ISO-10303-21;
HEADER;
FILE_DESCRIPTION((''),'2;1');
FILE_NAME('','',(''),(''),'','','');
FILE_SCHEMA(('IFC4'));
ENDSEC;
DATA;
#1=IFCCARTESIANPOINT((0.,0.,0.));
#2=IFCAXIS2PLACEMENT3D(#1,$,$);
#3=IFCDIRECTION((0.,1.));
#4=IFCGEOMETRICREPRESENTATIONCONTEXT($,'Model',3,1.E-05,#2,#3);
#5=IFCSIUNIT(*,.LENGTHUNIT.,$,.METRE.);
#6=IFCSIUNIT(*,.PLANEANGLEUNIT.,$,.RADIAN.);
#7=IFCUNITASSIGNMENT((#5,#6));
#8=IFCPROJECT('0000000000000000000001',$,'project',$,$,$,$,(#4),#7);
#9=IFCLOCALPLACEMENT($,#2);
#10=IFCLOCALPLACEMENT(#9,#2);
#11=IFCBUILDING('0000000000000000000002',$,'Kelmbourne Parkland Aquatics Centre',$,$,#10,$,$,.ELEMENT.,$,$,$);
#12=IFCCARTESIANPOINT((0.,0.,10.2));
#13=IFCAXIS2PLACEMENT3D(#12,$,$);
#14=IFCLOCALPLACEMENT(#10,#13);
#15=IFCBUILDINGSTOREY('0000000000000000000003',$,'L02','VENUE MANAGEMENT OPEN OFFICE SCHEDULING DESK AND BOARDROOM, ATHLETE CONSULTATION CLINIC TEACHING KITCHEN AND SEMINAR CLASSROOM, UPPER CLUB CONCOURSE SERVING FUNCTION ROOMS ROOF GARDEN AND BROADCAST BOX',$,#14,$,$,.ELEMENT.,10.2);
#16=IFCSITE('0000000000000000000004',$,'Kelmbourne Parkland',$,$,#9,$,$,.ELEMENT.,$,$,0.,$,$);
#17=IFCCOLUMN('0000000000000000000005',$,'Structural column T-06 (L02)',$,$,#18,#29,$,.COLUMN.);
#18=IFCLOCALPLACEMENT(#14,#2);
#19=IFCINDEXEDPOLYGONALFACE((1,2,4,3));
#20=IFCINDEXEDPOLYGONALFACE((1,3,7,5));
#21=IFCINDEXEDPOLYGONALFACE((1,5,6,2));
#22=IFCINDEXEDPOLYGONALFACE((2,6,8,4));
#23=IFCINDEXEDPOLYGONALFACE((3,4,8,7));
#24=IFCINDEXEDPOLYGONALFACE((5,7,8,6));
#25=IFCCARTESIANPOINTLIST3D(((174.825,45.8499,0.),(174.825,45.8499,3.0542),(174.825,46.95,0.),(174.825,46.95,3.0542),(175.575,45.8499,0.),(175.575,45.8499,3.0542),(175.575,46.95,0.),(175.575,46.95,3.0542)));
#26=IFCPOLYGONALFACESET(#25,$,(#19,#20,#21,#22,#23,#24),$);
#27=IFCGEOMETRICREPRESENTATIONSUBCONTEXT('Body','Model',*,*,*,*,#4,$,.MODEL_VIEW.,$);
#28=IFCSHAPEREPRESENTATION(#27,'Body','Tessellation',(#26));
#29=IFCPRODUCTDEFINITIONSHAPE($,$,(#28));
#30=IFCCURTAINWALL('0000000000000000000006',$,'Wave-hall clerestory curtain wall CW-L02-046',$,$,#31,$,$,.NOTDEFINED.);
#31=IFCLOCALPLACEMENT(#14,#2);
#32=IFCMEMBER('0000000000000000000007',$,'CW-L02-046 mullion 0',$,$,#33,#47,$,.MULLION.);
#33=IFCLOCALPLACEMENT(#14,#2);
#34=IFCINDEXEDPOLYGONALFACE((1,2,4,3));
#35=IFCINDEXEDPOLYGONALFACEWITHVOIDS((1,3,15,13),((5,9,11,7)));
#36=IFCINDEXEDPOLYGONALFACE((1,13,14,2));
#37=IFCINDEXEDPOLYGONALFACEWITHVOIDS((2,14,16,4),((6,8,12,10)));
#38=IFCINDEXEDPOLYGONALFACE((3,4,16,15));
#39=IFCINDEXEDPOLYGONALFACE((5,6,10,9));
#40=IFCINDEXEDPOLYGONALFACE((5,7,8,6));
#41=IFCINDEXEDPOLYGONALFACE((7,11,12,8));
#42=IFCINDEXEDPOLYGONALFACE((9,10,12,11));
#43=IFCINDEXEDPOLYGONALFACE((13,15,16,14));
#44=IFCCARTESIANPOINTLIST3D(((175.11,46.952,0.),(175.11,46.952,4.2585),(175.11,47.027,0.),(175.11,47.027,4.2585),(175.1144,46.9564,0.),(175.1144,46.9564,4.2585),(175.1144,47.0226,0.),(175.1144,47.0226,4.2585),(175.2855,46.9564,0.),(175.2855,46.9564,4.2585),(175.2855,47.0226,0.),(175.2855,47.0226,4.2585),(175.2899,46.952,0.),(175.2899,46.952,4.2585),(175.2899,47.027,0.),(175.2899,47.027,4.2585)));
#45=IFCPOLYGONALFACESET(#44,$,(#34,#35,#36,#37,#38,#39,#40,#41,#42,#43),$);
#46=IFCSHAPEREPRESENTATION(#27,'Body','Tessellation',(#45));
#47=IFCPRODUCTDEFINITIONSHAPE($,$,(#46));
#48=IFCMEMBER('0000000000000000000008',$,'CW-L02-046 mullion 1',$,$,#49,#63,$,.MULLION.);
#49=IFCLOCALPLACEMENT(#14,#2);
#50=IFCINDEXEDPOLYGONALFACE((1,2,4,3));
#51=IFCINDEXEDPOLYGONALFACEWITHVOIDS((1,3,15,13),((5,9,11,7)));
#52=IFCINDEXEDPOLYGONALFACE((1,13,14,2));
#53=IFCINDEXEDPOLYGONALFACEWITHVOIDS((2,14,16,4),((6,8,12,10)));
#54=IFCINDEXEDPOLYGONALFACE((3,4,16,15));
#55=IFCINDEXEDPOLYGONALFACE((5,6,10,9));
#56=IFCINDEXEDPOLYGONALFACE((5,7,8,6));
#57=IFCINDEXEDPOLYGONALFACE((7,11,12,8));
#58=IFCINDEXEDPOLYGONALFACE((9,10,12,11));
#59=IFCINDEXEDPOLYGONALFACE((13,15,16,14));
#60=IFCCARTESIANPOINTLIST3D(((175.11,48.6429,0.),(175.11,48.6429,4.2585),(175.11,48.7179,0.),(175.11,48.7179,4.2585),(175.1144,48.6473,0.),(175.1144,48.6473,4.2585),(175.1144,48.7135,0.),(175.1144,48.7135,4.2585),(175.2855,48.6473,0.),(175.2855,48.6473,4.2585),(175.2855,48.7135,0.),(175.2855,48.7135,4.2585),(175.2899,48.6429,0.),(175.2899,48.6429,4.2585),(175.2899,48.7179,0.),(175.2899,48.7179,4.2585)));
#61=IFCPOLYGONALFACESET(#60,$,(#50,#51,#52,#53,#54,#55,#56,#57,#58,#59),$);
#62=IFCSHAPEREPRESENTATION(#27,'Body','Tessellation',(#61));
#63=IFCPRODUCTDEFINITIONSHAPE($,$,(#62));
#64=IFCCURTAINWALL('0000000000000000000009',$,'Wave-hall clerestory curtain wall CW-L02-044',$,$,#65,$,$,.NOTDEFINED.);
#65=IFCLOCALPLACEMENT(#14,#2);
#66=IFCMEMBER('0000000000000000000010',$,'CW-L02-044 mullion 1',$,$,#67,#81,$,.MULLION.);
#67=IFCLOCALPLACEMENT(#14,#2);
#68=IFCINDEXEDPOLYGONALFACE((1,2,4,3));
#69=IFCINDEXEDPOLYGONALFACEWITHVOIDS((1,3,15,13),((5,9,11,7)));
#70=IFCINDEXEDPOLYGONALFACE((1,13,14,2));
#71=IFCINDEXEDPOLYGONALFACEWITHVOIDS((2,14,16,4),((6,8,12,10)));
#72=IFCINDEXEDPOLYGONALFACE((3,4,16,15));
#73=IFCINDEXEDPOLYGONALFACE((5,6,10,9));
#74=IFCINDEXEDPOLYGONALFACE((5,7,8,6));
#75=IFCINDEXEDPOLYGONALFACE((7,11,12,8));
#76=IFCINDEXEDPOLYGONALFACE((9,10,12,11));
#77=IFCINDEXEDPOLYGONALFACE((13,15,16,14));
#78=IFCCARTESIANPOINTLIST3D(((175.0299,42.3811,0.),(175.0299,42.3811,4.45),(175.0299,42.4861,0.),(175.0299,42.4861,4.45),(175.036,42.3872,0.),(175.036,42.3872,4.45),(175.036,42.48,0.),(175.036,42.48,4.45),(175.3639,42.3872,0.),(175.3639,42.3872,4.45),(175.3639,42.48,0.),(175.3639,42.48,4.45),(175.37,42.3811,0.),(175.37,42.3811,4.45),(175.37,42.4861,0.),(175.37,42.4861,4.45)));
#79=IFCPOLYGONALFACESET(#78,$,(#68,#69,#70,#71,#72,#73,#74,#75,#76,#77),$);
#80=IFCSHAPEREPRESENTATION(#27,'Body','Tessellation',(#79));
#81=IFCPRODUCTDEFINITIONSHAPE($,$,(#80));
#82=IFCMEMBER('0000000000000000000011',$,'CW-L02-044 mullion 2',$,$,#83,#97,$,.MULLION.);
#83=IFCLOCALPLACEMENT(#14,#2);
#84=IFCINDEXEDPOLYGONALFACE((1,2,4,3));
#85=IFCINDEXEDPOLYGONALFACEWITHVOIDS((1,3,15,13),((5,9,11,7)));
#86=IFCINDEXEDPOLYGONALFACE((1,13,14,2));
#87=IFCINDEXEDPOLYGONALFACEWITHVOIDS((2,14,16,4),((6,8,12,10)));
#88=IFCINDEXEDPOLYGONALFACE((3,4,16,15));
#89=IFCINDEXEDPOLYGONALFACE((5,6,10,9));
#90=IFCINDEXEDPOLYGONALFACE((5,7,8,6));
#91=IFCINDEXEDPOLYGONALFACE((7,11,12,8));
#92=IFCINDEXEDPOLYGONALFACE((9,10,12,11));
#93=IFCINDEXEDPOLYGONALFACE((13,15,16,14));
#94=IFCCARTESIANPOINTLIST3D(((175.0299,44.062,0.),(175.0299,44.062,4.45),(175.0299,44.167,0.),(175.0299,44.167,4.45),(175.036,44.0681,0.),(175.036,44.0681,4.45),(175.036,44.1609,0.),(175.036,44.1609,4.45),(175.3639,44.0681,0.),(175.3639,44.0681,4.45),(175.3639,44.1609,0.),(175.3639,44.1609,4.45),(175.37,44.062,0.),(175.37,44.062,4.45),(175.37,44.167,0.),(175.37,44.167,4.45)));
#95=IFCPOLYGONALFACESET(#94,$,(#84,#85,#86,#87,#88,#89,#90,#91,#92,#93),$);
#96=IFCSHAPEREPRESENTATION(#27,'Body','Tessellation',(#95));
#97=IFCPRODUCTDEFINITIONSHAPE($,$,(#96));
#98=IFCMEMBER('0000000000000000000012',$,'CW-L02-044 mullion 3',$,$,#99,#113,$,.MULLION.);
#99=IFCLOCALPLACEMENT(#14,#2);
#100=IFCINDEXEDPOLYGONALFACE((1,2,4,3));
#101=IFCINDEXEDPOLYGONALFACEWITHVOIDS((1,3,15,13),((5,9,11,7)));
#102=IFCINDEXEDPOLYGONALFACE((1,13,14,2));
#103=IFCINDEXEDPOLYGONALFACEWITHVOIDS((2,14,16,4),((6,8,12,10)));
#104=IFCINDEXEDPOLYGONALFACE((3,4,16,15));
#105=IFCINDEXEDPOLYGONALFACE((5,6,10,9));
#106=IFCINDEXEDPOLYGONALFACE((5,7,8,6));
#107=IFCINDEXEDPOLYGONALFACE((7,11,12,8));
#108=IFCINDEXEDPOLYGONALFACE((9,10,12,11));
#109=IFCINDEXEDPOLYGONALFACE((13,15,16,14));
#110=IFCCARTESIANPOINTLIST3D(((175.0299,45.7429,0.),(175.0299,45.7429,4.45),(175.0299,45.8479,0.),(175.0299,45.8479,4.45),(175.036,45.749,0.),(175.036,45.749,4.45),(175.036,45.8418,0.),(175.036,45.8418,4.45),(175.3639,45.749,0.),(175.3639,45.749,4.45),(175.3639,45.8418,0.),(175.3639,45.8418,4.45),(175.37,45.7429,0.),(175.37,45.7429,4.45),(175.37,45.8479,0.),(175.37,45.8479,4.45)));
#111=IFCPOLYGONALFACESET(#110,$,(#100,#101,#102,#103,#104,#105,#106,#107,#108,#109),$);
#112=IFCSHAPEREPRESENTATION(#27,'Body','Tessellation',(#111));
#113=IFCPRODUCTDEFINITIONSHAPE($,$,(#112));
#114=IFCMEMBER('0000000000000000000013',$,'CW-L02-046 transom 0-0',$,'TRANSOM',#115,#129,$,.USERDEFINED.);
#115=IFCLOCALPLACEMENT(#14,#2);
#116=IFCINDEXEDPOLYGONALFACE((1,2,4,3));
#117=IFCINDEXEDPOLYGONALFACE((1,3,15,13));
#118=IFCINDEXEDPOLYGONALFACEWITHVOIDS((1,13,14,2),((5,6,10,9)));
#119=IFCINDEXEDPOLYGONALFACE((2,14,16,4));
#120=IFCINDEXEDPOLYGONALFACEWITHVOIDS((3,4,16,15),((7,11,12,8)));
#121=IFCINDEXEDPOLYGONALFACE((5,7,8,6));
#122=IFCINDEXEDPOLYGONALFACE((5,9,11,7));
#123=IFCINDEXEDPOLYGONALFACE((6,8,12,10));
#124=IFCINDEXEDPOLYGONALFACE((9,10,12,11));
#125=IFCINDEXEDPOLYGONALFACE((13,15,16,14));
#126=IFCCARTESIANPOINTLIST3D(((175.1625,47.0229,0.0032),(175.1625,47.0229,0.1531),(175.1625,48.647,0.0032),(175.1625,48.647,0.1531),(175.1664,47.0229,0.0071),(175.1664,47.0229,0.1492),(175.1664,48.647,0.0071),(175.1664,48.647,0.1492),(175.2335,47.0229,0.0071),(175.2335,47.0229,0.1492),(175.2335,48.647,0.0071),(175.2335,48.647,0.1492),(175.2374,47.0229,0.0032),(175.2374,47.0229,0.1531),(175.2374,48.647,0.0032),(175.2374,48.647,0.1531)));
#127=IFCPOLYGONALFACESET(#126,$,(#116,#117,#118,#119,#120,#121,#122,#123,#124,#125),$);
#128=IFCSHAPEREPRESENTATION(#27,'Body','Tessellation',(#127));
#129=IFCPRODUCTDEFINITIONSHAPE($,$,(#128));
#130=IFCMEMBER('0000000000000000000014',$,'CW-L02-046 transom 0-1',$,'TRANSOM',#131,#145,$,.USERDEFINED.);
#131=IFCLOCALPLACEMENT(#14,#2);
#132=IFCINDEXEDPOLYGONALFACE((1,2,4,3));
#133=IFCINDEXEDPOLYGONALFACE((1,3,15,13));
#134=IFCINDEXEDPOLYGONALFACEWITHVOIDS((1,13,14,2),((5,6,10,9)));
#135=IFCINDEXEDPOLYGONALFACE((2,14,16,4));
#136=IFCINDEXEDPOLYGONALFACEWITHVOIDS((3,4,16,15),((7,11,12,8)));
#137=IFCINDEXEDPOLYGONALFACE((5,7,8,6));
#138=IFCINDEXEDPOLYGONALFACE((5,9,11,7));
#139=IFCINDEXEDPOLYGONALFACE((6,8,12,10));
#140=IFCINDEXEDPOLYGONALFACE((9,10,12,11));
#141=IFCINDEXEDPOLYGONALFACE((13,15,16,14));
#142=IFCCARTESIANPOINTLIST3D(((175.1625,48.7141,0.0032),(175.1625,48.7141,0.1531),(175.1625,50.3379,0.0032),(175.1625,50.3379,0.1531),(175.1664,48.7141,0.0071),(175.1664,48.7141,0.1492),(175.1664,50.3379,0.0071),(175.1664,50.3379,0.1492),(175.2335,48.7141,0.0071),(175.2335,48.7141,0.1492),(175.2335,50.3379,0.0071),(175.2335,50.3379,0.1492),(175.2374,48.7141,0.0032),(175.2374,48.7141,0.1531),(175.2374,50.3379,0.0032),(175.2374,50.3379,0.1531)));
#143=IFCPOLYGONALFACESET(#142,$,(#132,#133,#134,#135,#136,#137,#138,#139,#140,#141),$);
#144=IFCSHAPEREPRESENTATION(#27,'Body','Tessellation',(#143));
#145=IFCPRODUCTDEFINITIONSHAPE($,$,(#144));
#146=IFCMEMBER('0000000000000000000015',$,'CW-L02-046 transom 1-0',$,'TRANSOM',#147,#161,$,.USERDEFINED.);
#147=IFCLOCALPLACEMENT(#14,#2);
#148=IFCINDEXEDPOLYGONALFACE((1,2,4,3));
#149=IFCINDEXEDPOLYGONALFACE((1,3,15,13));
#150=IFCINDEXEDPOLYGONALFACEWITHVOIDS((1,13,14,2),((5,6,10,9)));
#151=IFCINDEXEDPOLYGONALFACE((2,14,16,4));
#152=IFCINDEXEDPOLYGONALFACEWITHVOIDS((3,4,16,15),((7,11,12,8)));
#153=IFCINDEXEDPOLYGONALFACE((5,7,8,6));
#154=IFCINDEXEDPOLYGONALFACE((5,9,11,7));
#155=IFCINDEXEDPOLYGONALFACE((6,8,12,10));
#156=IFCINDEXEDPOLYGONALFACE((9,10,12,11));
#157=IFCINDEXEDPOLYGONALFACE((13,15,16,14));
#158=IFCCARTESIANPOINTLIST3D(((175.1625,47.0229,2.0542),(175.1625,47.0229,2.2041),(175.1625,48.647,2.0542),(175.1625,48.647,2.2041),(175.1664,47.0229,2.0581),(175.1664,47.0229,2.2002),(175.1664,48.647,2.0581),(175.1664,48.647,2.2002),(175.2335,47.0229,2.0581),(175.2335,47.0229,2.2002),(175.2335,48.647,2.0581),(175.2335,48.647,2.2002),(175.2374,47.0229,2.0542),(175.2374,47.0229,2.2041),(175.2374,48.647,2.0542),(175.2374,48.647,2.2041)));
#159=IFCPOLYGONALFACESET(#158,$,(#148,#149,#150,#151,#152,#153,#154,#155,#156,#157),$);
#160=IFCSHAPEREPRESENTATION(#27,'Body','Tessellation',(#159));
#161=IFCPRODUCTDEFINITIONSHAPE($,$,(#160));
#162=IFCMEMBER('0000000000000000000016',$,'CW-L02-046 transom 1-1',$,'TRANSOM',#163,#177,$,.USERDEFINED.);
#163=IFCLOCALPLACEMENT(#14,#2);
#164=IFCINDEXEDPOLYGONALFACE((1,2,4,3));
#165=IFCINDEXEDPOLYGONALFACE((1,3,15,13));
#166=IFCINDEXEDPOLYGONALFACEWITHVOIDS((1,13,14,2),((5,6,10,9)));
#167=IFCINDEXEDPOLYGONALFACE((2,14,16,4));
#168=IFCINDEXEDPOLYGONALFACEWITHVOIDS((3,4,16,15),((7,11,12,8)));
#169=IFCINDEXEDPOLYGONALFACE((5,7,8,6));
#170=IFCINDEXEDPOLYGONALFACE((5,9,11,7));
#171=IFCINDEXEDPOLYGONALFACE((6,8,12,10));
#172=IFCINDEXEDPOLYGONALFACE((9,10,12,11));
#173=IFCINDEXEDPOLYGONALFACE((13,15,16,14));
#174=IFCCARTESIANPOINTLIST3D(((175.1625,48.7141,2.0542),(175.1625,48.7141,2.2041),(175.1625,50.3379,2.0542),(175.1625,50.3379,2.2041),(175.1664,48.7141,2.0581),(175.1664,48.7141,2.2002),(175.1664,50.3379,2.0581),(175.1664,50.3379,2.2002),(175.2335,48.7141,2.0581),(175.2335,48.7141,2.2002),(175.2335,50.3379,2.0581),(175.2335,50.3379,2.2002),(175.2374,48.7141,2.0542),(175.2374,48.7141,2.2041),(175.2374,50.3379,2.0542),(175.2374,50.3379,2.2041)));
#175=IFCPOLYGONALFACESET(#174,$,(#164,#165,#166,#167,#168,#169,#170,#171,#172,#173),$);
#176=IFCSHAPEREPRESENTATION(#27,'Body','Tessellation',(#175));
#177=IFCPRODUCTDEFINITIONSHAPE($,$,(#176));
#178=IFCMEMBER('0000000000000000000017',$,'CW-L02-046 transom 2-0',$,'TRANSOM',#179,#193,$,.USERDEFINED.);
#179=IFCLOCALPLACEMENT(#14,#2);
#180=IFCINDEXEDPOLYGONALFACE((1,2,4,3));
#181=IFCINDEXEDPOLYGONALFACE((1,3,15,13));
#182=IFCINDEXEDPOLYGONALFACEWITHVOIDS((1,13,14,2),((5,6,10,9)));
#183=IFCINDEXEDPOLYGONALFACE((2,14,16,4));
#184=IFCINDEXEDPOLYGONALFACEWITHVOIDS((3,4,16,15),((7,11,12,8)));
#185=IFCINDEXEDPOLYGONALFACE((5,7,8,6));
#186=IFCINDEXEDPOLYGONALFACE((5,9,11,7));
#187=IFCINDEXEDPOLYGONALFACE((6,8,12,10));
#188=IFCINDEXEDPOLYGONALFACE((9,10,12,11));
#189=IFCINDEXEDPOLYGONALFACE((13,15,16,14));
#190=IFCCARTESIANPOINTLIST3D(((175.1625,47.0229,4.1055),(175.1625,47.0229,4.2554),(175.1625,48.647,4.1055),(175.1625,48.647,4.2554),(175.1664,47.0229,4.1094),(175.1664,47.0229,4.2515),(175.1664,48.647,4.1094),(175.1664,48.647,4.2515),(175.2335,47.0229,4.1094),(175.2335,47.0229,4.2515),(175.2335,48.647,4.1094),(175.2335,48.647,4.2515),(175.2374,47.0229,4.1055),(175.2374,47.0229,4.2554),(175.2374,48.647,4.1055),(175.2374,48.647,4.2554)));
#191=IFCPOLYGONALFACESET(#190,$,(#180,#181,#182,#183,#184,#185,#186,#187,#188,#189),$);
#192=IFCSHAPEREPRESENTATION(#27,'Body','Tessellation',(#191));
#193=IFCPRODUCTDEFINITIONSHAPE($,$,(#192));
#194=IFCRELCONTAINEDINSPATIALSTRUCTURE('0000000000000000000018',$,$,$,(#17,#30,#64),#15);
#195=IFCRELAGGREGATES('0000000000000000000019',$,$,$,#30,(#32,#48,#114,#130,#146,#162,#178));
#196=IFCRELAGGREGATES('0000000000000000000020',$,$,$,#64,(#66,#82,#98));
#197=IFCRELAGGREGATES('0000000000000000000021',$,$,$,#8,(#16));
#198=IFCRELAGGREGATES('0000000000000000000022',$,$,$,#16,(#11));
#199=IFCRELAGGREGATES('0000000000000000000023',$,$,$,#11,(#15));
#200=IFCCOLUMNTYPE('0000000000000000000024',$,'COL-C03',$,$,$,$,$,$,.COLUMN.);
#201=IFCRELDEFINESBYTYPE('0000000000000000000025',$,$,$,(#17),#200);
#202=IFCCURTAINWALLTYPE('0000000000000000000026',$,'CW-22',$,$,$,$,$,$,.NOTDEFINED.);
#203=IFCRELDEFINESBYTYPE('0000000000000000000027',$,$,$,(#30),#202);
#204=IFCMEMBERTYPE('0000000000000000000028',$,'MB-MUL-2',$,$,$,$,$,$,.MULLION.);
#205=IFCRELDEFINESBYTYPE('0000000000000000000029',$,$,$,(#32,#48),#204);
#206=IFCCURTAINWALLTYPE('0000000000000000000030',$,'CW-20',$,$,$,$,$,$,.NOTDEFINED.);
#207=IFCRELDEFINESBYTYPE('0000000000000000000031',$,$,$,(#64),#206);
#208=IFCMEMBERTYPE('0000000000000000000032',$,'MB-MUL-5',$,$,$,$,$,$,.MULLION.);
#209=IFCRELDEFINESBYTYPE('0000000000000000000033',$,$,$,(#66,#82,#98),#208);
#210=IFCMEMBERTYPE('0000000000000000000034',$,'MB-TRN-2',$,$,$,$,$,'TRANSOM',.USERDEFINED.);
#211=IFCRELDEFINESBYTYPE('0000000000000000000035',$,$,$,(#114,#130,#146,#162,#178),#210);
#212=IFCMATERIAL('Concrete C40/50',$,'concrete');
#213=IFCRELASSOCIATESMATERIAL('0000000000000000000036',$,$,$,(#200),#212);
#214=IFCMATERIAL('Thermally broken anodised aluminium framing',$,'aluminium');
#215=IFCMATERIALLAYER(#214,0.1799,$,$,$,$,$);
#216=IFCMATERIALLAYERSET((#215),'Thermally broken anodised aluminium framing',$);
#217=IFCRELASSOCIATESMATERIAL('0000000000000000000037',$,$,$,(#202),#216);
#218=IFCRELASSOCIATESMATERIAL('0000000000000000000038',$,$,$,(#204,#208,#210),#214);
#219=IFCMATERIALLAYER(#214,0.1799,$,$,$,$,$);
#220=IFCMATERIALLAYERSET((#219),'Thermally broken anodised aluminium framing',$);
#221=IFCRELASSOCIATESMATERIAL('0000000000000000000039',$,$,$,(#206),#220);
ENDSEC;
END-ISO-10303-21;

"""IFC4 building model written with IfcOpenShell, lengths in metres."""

from ifc_helpers import new_model, si_unit, direction, frame, origin, origin_2d, place, context, subcontext, project, spatial, rectangle, hollow_rectangle, extrude, material, layer, layer_set, material_profile, profile_set, type_object, element, aggregate, save


model = new_model("IFC4")

# Units and contexts
model_context = context("Model", 3, precision=1e-05, world=origin(), true_north=direction((0.0, 1.0)))
body_context = subcontext(model_context, "Body", "Model", "MODEL_VIEW")
ifc_project = project(units=[si_unit("LENGTHUNIT", "METRE"), si_unit("PLANEANGLEUNIT", "RADIAN")], contexts=[model_context])

# Site, building, storey
site_placement = place(None, origin())
site = spatial("IfcSite", under=ifc_project, at=site_placement, Name="Kelmbourne Parkland", CompositionType="ELEMENT", RefElevation=0.0)
building_placement = place(site_placement, origin())
building = spatial("IfcBuilding", under=site, at=building_placement, Name="Kelmbourne Parkland Aquatics Centre", CompositionType="ELEMENT")
storey_placement = place(building_placement, frame((0.0, 0.0, 10.2)))
storey = spatial("IfcBuildingStorey", under=building, at=storey_placement, Name="L02", Description="VENUE MANAGEMENT OPEN OFFICE SCHEDULING DESK AND BOARDROOM, ATHLETE CONSULTATION CLINIC TEACHING KITCHEN AND SEMINAR CLASSROOM, UPPER CLUB CONCOURSE SERVING FUNCTION ROOMS ROOF GARDEN AND BROADCAST BOX", CompositionType="ELEMENT", Elevation=10.2)

# Column
ifc_material_1 = material(Name="Concrete C40/50", Category="concrete")
ifc_material_profile_1 = material_profile(ifc_material_1, rectangle(XDim=0.75, YDim=1.1001, at=origin_2d()), Name="RC 750x1100")
ifc_profile_set_1 = profile_set([ifc_material_profile_1], Name="Concrete C40/50")
column_type = type_object("IfcColumnType", Name="COL-C03", PredefinedType="COLUMN", material=ifc_profile_set_1)
column_placement = place(storey_placement, frame((175.2, 46.3999, 0.0), z_axis=(0.0, 0.0, 1.0), x_axis=(1.0, 0.0, 0.0)))
element("IfcColumn", 1, at=column_placement, inside=storey, type_object=column_type, Name="Structural column T-06 (L02)", PredefinedType="COLUMN", context=body_context, shape_type="SweptSolid", body=[
    extrude(rectangle(XDim=0.75, YDim=1.1001, at=origin_2d()), origin(), (0.0, 0.0, 1.0), 3.0542),
])

# Curtain walls, members
ifc_material_2 = material(Name="Thermally broken anodised aluminium framing", Category="aluminium")
ifc_layer_1 = layer(ifc_material_2, 0.1799)
ifc_layer_set_1 = layer_set([ifc_layer_1], Name="Thermally broken anodised aluminium framing")
curtain_wall_type_1 = type_object("IfcCurtainWallType", Name="CW-22", PredefinedType="NOTDEFINED", material=ifc_layer_set_1)
curtain_wall_1_placement = place(storey_placement, origin())
curtain_wall_1 = element("IfcCurtainWall", 2, at=curtain_wall_1_placement, inside=storey, type_object=curtain_wall_type_1, Name="Wave-hall clerestory curtain wall CW-L02-046", PredefinedType="NOTDEFINED")
ifc_material_profile_2 = material_profile(ifc_material_2, hollow_rectangle(XDim=0.075, YDim=0.1799, WallThickness=0.0044, at=origin_2d()), Name="CW-M 75x180")
ifc_profile_set_2 = profile_set([ifc_material_profile_2], Name="Thermally broken anodised aluminium framing")
member_type_1 = type_object("IfcMemberType", Name="MB-MUL-2", PredefinedType="MULLION", material=ifc_profile_set_2)
member_1_placement = place(storey_placement, frame((175.2, 46.9895, 0.0), z_axis=(0.0, 0.0, 1.0), x_axis=(0.0, 1.0, 0.0)))
member_1 = element("IfcMember", 3, at=member_1_placement, type_object=member_type_1, Name="CW-L02-046 mullion 0", PredefinedType="MULLION", context=body_context, shape_type="SweptSolid", body=[
    extrude(hollow_rectangle(XDim=0.075, YDim=0.1799, WallThickness=0.0044, at=origin_2d()), origin(), (0.0, 0.0, 1.0), 4.2585),
])
member_2_placement = place(storey_placement, frame((175.2, 48.6804, 0.0), z_axis=(0.0, 0.0, 1.0), x_axis=(0.0, 1.0, 0.0)))
member_2 = element("IfcMember", 4, at=member_2_placement, type_object=member_type_1, Name="CW-L02-046 mullion 1", PredefinedType="MULLION", context=body_context, shape_type="SweptSolid", body=[
    extrude(hollow_rectangle(XDim=0.075, YDim=0.1799, WallThickness=0.0044, at=origin_2d()), origin(), (0.0, 0.0, 1.0), 4.2585),
])
ifc_layer_2 = layer(ifc_material_2, 0.1799)
ifc_layer_set_2 = layer_set([ifc_layer_2], Name="Thermally broken anodised aluminium framing")
curtain_wall_type_2 = type_object("IfcCurtainWallType", Name="CW-20", PredefinedType="NOTDEFINED", material=ifc_layer_set_2)
curtain_wall_2_placement = place(storey_placement, origin())
curtain_wall_2 = element("IfcCurtainWall", 5, at=curtain_wall_2_placement, inside=storey, type_object=curtain_wall_type_2, Name="Wave-hall clerestory curtain wall CW-L02-044", PredefinedType="NOTDEFINED")
ifc_material_profile_3 = material_profile(ifc_material_2, hollow_rectangle(XDim=0.105, YDim=0.3401, WallThickness=0.0061, at=origin_2d()), Name="CW-M 105x340")
ifc_profile_set_3 = profile_set([ifc_material_profile_3], Name="Thermally broken anodised aluminium framing")
member_type_2 = type_object("IfcMemberType", Name="MB-MUL-5", PredefinedType="MULLION", material=ifc_profile_set_3)
member_3_placement = place(storey_placement, frame((175.2, 42.4336, 0.0), z_axis=(0.0, 0.0, 1.0), x_axis=(0.0, 1.0, 0.0)))
member_3 = element("IfcMember", 6, at=member_3_placement, type_object=member_type_2, Name="CW-L02-044 mullion 1", PredefinedType="MULLION", context=body_context, shape_type="SweptSolid", body=[
    extrude(hollow_rectangle(XDim=0.105, YDim=0.3401, WallThickness=0.0061, at=origin_2d()), origin(), (0.0, 0.0, 1.0), 4.45),
])
member_4_placement = place(storey_placement, frame((175.2, 44.1145, 0.0), z_axis=(0.0, 0.0, 1.0), x_axis=(0.0, 1.0, 0.0)))
member_4 = element("IfcMember", 7, at=member_4_placement, type_object=member_type_2, Name="CW-L02-044 mullion 2", PredefinedType="MULLION", context=body_context, shape_type="SweptSolid", body=[
    extrude(hollow_rectangle(XDim=0.105, YDim=0.3401, WallThickness=0.0061, at=origin_2d()), origin(), (0.0, 0.0, 1.0), 4.45),
])
member_5_placement = place(storey_placement, frame((175.2, 45.7954, 0.0), z_axis=(0.0, 0.0, 1.0), x_axis=(0.0, 1.0, 0.0)))
member_5 = element("IfcMember", 8, at=member_5_placement, type_object=member_type_2, Name="CW-L02-044 mullion 3", PredefinedType="MULLION", context=body_context, shape_type="SweptSolid", body=[
    extrude(hollow_rectangle(XDim=0.105, YDim=0.3401, WallThickness=0.0061, at=origin_2d()), origin(), (0.0, 0.0, 1.0), 4.45),
])

# Members
ifc_material_profile_4 = material_profile(ifc_material_2, hollow_rectangle(XDim=0.075, YDim=0.1499, WallThickness=0.0039, at=origin_2d()), Name="CW-T 75x150")
ifc_profile_set_4 = profile_set([ifc_material_profile_4], Name="Thermally broken anodised aluminium framing")
member_type_3 = type_object("IfcMemberType", Name="MB-TRN-2", ElementType="TRANSOM", PredefinedType="USERDEFINED", material=ifc_profile_set_4)
member_6_placement = place(storey_placement, frame((175.2, 47.0229, 0.0781), z_axis=(0.0, 1.0, 0.0), x_axis=(-1.0, 0.0, 0.0)))
member_6 = element("IfcMember", 9, at=member_6_placement, type_object=member_type_3, Name="CW-L02-046 transom 0-0", ObjectType="TRANSOM", PredefinedType="USERDEFINED", context=body_context, shape_type="SweptSolid", body=[
    extrude(hollow_rectangle(XDim=0.075, YDim=0.1499, WallThickness=0.0039, at=origin_2d()), origin(), (0.0, 0.0, 1.0), 1.624),
])
member_7_placement = place(storey_placement, frame((175.2, 48.7141, 0.0781), z_axis=(0.0, 1.0, 0.0), x_axis=(-1.0, 0.0, 0.0)))
member_7 = element("IfcMember", 10, at=member_7_placement, type_object=member_type_3, Name="CW-L02-046 transom 0-1", ObjectType="TRANSOM", PredefinedType="USERDEFINED", context=body_context, shape_type="SweptSolid", body=[
    extrude(hollow_rectangle(XDim=0.075, YDim=0.1499, WallThickness=0.0039, at=origin_2d()), origin(), (0.0, 0.0, 1.0), 1.6238),
])
member_8_placement = place(storey_placement, frame((175.2, 47.0229, 2.1292), z_axis=(0.0, 1.0, 0.0), x_axis=(-1.0, 0.0, 0.0)))
member_8 = element("IfcMember", 11, at=member_8_placement, type_object=member_type_3, Name="CW-L02-046 transom 1-0", ObjectType="TRANSOM", PredefinedType="USERDEFINED", context=body_context, shape_type="SweptSolid", body=[
    extrude(hollow_rectangle(XDim=0.075, YDim=0.1499, WallThickness=0.0039, at=origin_2d()), origin(), (0.0, 0.0, 1.0), 1.624),
])
member_9_placement = place(storey_placement, frame((175.2, 48.7141, 2.1292), z_axis=(0.0, 1.0, 0.0), x_axis=(-1.0, 0.0, 0.0)))
member_9 = element("IfcMember", 12, at=member_9_placement, type_object=member_type_3, Name="CW-L02-046 transom 1-1", ObjectType="TRANSOM", PredefinedType="USERDEFINED", context=body_context, shape_type="SweptSolid", body=[
    extrude(hollow_rectangle(XDim=0.075, YDim=0.1499, WallThickness=0.0039, at=origin_2d()), origin(), (0.0, 0.0, 1.0), 1.6238),
])
member_10_placement = place(storey_placement, frame((175.2, 47.0229, 4.1804), z_axis=(0.0, 1.0, 0.0), x_axis=(-1.0, 0.0, 0.0)))
member_10 = element("IfcMember", 13, at=member_10_placement, type_object=member_type_3, Name="CW-L02-046 transom 2-0", ObjectType="TRANSOM", PredefinedType="USERDEFINED", context=body_context, shape_type="SweptSolid", body=[
    extrude(hollow_rectangle(XDim=0.075, YDim=0.1499, WallThickness=0.0039, at=origin_2d()), origin(), (0.0, 0.0, 1.0), 1.624),
])

aggregate(curtain_wall_1, [member_1, member_2, member_6, member_7, member_8, member_9, member_10])
aggregate(curtain_wall_2, [member_3, member_4, member_5])

save(model, "model.ifc")
